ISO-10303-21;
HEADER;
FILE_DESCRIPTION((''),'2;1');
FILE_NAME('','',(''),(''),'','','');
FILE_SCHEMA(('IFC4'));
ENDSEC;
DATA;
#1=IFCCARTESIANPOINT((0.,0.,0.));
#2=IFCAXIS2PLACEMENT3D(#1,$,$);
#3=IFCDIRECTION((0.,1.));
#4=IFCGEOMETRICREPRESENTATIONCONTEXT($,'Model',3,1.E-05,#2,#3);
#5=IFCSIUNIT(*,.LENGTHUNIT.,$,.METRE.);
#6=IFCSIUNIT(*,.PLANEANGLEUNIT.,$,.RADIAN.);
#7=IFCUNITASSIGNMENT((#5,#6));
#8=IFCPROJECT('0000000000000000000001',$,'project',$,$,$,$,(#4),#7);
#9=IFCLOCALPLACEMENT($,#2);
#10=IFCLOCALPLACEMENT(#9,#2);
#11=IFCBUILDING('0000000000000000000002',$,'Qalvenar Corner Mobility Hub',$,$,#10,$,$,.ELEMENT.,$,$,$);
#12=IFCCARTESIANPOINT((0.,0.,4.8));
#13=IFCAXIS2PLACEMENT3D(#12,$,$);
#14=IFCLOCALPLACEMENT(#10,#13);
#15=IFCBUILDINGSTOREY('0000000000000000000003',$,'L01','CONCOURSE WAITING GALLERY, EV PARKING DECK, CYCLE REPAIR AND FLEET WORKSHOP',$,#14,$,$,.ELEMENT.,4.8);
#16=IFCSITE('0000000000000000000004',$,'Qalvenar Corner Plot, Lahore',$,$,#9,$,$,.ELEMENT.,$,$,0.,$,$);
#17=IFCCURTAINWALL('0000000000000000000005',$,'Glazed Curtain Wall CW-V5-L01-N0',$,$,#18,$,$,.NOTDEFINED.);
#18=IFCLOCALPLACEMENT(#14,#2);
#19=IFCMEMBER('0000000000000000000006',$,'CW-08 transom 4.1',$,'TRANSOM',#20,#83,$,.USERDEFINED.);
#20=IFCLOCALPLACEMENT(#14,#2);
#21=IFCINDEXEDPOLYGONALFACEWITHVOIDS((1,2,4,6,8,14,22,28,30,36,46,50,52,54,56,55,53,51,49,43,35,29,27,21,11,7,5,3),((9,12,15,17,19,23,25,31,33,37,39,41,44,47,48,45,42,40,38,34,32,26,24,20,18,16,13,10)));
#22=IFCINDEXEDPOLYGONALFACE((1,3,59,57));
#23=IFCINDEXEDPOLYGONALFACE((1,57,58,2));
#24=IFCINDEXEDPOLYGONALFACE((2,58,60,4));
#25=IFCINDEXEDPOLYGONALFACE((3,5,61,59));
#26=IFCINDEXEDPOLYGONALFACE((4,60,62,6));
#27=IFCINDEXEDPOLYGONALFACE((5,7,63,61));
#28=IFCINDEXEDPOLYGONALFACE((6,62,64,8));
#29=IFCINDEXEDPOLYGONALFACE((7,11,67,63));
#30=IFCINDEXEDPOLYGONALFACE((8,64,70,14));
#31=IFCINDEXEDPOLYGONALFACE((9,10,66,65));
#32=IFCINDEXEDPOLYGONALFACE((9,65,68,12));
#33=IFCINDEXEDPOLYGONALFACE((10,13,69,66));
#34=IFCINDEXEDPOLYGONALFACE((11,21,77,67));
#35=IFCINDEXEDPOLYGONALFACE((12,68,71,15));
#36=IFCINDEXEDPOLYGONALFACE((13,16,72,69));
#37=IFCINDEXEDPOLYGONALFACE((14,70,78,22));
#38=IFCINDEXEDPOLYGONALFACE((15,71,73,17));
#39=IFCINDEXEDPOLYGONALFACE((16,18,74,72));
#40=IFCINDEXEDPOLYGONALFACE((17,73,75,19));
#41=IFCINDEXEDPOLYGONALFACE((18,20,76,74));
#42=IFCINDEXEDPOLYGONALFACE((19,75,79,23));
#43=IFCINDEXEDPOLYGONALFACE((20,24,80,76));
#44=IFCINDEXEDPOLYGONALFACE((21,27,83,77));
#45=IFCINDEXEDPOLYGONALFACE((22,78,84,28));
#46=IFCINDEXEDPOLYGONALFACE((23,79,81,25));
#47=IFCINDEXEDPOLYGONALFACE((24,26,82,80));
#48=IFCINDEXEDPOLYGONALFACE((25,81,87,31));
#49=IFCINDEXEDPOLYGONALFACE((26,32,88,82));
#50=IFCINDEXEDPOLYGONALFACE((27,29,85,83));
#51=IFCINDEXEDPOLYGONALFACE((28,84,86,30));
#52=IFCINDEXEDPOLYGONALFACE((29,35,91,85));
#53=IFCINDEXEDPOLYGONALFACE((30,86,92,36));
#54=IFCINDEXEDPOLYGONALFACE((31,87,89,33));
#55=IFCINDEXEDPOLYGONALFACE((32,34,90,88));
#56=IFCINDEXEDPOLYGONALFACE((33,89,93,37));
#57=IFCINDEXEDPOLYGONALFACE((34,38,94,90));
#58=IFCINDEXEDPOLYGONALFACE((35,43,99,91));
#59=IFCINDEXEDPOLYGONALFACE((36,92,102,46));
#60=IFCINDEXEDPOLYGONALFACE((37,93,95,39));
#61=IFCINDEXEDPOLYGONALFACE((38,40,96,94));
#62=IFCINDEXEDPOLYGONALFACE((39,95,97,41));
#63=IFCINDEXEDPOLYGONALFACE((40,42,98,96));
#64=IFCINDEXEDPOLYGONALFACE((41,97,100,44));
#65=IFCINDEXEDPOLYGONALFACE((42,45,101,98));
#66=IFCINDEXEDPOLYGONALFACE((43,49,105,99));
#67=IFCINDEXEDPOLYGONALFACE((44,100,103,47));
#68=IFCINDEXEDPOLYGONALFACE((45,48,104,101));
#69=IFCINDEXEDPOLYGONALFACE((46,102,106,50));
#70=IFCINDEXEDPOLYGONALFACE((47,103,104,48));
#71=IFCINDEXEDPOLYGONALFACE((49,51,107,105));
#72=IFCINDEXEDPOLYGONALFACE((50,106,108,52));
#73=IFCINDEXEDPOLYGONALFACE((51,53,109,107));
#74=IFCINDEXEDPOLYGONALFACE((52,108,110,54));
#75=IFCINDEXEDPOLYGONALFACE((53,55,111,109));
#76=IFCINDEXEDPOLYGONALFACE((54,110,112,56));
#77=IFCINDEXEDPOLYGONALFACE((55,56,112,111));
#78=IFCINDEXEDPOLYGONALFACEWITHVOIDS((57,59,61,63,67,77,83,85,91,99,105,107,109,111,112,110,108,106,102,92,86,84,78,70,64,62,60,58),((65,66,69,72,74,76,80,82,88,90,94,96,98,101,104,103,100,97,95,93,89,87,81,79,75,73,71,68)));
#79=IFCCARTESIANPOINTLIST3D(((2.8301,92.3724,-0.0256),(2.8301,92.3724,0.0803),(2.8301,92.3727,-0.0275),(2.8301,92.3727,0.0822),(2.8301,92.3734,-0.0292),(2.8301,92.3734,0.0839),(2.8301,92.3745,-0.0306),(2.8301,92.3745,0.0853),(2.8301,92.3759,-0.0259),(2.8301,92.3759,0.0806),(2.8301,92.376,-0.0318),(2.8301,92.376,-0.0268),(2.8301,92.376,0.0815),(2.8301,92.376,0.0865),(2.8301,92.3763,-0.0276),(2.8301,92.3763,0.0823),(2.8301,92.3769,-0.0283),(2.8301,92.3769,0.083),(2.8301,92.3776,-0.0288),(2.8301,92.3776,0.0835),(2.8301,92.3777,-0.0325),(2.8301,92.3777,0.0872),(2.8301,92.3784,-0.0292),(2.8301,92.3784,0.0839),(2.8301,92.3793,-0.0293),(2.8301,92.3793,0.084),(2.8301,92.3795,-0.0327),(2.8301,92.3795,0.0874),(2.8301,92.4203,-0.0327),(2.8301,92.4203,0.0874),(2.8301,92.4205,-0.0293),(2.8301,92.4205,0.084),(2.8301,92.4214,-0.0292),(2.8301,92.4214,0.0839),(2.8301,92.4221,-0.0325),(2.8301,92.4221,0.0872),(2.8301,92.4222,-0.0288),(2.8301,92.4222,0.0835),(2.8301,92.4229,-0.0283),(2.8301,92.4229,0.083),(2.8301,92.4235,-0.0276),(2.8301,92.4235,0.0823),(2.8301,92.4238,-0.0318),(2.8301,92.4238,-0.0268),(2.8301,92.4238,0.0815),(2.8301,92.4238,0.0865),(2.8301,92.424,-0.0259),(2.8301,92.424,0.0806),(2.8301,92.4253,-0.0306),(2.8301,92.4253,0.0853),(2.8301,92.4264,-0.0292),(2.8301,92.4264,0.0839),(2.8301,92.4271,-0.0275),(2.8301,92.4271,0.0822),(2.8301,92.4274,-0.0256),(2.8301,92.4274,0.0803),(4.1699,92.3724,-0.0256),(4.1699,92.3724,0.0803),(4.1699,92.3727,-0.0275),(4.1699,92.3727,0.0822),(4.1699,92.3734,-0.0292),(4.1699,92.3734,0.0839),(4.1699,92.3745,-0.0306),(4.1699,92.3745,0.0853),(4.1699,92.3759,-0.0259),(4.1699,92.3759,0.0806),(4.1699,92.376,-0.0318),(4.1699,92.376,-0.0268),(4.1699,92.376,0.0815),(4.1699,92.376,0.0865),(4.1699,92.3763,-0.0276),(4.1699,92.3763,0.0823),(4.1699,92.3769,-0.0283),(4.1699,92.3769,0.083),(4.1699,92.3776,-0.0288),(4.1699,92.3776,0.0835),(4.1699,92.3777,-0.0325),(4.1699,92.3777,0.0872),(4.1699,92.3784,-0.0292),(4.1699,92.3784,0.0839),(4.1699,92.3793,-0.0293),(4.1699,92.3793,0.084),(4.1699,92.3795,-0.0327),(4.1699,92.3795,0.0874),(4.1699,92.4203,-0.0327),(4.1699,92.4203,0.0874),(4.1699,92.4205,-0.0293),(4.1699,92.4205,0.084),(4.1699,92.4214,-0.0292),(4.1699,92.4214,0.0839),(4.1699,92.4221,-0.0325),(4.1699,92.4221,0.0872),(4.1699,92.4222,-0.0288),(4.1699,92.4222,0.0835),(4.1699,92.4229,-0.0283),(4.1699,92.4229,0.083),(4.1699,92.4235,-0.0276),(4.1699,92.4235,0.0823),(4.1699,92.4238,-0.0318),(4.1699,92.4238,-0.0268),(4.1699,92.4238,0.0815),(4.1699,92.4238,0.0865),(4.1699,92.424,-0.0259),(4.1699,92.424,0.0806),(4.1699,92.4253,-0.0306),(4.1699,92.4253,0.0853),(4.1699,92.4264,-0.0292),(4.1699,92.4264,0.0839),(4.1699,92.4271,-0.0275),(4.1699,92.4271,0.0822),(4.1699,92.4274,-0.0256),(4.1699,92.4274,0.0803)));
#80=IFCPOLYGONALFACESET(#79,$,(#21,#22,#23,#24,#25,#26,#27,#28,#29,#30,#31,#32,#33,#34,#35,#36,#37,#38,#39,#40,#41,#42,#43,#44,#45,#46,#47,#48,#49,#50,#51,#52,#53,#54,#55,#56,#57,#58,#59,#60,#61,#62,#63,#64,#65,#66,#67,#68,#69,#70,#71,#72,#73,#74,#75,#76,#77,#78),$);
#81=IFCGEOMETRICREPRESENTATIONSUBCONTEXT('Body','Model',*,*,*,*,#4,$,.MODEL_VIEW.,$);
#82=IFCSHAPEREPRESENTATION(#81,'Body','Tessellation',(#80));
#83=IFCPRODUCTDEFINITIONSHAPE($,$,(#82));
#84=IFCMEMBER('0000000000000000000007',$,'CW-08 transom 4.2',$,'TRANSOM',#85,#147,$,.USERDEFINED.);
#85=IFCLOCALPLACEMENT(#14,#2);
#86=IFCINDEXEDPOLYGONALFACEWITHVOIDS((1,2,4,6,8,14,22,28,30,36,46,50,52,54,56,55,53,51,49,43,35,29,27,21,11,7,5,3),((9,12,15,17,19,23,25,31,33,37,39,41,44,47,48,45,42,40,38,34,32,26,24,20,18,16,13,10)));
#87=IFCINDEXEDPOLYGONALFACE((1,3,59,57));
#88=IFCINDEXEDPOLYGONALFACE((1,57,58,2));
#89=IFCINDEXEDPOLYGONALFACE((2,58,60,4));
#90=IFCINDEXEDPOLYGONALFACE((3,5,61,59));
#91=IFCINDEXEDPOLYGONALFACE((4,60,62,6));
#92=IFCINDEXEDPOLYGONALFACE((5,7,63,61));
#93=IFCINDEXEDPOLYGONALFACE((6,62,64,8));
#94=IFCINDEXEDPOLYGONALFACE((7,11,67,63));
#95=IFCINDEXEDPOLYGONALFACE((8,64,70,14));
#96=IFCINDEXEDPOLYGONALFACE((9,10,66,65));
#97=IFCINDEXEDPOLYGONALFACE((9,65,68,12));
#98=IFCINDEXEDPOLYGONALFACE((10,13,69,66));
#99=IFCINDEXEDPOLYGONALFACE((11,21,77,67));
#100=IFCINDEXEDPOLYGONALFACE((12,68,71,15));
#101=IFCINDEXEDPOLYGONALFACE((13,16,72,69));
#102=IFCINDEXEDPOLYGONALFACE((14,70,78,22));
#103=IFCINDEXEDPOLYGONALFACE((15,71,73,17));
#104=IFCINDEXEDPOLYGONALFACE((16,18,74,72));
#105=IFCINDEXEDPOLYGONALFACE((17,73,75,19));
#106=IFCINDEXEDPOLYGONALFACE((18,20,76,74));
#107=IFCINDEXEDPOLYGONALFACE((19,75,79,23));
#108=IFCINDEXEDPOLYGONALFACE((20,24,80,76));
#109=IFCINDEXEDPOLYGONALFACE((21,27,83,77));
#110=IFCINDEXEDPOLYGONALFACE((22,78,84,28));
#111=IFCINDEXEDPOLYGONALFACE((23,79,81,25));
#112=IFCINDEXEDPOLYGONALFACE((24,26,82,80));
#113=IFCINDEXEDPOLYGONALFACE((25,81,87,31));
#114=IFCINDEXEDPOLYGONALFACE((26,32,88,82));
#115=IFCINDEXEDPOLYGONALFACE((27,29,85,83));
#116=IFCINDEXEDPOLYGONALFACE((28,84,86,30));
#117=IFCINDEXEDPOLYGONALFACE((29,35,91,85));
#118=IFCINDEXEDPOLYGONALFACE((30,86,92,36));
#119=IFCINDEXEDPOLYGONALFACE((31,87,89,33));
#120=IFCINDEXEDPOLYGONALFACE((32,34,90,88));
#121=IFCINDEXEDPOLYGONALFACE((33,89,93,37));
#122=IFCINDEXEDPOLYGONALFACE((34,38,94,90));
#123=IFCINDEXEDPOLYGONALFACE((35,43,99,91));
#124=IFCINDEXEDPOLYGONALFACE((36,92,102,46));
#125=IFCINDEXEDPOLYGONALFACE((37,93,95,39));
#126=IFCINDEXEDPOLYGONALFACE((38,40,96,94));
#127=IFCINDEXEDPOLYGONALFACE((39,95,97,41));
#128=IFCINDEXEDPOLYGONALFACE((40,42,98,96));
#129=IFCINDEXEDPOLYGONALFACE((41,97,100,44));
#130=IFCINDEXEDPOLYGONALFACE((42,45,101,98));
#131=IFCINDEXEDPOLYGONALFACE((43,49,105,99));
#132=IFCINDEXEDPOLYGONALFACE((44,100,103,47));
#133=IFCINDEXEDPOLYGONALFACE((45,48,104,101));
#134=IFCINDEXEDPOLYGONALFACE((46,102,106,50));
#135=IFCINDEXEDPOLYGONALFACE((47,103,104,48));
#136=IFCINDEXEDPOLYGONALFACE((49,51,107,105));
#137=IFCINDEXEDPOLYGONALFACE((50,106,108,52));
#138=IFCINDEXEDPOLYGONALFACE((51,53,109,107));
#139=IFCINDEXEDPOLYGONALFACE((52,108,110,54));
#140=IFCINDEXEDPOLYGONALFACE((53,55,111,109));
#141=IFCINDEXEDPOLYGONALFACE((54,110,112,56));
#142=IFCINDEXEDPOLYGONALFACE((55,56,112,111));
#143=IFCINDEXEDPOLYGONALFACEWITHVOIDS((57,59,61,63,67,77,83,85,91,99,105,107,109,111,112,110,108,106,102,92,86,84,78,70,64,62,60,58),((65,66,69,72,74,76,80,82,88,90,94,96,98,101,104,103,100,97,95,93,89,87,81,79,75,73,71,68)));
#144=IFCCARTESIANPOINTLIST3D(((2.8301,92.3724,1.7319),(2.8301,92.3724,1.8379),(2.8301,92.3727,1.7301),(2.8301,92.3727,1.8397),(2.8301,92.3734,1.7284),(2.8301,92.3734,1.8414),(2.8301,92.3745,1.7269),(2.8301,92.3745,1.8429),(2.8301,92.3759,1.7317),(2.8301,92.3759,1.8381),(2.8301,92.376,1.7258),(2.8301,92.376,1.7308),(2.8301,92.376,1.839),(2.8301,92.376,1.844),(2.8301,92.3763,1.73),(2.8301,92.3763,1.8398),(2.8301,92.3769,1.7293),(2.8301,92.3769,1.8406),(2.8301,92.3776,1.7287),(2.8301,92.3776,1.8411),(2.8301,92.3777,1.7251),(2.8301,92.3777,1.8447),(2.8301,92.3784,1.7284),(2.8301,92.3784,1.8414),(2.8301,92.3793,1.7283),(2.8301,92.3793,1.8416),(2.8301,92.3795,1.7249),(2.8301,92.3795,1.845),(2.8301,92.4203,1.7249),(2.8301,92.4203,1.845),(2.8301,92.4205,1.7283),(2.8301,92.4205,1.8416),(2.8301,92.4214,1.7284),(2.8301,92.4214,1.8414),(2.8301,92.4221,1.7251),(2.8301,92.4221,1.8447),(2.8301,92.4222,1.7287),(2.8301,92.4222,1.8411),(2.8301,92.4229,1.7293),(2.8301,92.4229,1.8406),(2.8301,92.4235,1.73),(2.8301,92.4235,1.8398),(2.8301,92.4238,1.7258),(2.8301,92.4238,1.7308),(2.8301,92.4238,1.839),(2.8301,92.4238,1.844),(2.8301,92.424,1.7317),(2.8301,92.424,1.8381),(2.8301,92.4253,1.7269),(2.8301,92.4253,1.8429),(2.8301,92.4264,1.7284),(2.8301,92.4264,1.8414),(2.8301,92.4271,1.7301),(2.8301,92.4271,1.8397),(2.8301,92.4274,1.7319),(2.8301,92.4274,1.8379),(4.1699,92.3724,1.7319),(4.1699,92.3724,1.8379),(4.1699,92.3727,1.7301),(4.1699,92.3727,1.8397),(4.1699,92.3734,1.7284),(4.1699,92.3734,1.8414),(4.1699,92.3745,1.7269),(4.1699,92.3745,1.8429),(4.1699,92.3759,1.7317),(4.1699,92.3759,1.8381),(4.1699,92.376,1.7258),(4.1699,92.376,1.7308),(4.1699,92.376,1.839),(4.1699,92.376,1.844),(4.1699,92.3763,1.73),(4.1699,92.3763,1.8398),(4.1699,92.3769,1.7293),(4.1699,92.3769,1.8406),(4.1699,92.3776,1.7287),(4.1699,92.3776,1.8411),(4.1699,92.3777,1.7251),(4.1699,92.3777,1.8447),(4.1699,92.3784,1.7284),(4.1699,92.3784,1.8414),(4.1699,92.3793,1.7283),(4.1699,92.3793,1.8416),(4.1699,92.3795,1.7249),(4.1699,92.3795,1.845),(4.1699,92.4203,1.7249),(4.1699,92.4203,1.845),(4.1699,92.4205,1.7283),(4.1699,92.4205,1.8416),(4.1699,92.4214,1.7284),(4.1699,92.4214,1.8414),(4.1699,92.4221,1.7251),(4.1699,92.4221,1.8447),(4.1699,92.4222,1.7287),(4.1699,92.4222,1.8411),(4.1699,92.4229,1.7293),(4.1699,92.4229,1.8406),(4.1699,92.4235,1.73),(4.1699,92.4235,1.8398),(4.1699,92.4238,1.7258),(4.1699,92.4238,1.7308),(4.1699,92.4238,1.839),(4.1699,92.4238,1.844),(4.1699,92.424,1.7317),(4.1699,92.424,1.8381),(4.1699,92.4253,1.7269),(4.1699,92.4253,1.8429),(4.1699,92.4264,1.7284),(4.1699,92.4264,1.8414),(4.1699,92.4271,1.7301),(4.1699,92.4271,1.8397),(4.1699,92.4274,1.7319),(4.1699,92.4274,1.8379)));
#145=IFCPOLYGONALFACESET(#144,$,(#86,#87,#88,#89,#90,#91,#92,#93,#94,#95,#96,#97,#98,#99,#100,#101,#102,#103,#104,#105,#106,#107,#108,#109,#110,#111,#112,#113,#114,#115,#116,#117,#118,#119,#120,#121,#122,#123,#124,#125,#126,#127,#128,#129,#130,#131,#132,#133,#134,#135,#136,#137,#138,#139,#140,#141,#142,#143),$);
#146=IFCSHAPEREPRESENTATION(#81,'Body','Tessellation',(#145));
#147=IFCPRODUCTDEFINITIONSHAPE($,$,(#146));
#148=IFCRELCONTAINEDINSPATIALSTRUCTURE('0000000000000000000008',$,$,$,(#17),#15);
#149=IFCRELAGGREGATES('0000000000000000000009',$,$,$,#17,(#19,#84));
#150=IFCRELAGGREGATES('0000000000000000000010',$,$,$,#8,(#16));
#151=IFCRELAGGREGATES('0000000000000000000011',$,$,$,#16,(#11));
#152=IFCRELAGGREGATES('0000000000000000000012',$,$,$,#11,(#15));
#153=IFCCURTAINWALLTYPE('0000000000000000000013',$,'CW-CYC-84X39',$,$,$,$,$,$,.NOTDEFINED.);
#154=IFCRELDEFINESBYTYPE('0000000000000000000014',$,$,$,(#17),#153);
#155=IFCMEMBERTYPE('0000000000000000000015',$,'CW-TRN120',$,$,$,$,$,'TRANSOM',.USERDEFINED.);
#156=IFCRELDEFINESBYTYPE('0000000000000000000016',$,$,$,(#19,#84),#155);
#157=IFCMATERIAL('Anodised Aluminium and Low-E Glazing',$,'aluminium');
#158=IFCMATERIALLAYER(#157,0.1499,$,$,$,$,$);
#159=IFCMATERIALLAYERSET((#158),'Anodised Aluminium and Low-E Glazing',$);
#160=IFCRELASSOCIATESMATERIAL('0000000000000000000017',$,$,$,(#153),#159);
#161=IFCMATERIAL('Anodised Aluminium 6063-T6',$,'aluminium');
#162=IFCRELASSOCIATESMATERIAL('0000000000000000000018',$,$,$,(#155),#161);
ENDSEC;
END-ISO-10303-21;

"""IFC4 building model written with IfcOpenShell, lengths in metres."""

from ifc_helpers import new_model, si_unit, direction, frame, origin, origin_2d, place, context, subcontext, project, spatial, hollow_rectangle, extrude, material, layer, layer_set, material_profile, profile_set, type_object, element, aggregate, save


model = new_model("IFC4")

# Units and contexts
model_context = context("Model", 3, precision=1e-05, world=origin(), true_north=direction((0.0, 1.0)))
body_context = subcontext(model_context, "Body", "Model", "MODEL_VIEW")
ifc_project = project(units=[si_unit("LENGTHUNIT", "METRE"), si_unit("PLANEANGLEUNIT", "RADIAN")], contexts=[model_context])

# Site, building, storey
site_placement = place(None, origin())
site = spatial("IfcSite", under=ifc_project, at=site_placement, Name="Qalvenar Corner Plot, Lahore", CompositionType="ELEMENT", RefElevation=0.0)
building_placement = place(site_placement, origin())
building = spatial("IfcBuilding", under=site, at=building_placement, Name="Qalvenar Corner Mobility Hub", CompositionType="ELEMENT")
storey_placement = place(building_placement, frame((0.0, 0.0, 4.8)))
storey = spatial("IfcBuildingStorey", under=building, at=storey_placement, Name="L01", Description="CONCOURSE WAITING GALLERY, EV PARKING DECK, CYCLE REPAIR AND FLEET WORKSHOP", CompositionType="ELEMENT", Elevation=4.8)

# Curtain wall, members
ifc_material_1 = material(Name="Anodised Aluminium and Low-E Glazing", Category="aluminium")
ifc_layer_1 = layer(ifc_material_1, 0.1499)
ifc_layer_set_1 = layer_set([ifc_layer_1], Name="Anodised Aluminium and Low-E Glazing")
curtain_wall_type = type_object("IfcCurtainWallType", Name="CW-CYC-84X39", PredefinedType="NOTDEFINED", material=ifc_layer_set_1)
curtain_wall_placement = place(storey_placement, origin())
curtain_wall = element("IfcCurtainWall", 1, at=curtain_wall_placement, inside=storey, type_object=curtain_wall_type, Name="Glazed Curtain Wall CW-V5-L01-N0", PredefinedType="NOTDEFINED")
ifc_material_2 = material(Name="Anodised Aluminium 6063-T6", Category="aluminium")
ifc_material_profile_1 = material_profile(ifc_material_2, hollow_rectangle(XDim=0.0549, YDim=0.1201, WallThickness=0.0034, InnerFilletRadius=0.0034, OuterFilletRadius=0.0071, at=origin_2d()), Name="RHS120x55x3.5")
ifc_profile_set_1 = profile_set([ifc_material_profile_1], Name="Anodised Aluminium 6063-T6")
member_type_1 = type_object("IfcMemberType", Name="CW-TRN120", ElementType="TRANSOM", PredefinedType="USERDEFINED", material=ifc_profile_set_1)
member_1_placement = place(storey_placement, frame((4.1699, 92.3999, 0.0273), z_axis=(-1.0, 0.0, 0.0), x_axis=(0.0, -1.0, 0.0)))
member_1 = element("IfcMember", 2, at=member_1_placement, type_object=member_type_1, Name="CW-08 transom 4.1", ObjectType="TRANSOM", PredefinedType="USERDEFINED", context=body_context, shape_type="SweptSolid", body=[
    extrude(hollow_rectangle(XDim=0.0549, YDim=0.1201, WallThickness=0.0034, InnerFilletRadius=0.0034, OuterFilletRadius=0.0071, at=origin_2d()), origin(), (0.0, 0.0, 1.0), 1.3398),
])
member_2_placement = place(storey_placement, frame((4.1699, 92.3999, 1.7849), z_axis=(-1.0, 0.0, 0.0), x_axis=(0.0, -1.0, 0.0)))
member_2 = element("IfcMember", 3, at=member_2_placement, type_object=member_type_1, Name="CW-08 transom 4.2", ObjectType="TRANSOM", PredefinedType="USERDEFINED", context=body_context, shape_type="SweptSolid", body=[
    extrude(hollow_rectangle(XDim=0.0549, YDim=0.1201, WallThickness=0.0034, InnerFilletRadius=0.0034, OuterFilletRadius=0.0071, at=origin_2d()), origin(), (0.0, 0.0, 1.0), 1.3398),
])
aggregate(curtain_wall, [member_1, member_2])

save(model, "model.ifc")
